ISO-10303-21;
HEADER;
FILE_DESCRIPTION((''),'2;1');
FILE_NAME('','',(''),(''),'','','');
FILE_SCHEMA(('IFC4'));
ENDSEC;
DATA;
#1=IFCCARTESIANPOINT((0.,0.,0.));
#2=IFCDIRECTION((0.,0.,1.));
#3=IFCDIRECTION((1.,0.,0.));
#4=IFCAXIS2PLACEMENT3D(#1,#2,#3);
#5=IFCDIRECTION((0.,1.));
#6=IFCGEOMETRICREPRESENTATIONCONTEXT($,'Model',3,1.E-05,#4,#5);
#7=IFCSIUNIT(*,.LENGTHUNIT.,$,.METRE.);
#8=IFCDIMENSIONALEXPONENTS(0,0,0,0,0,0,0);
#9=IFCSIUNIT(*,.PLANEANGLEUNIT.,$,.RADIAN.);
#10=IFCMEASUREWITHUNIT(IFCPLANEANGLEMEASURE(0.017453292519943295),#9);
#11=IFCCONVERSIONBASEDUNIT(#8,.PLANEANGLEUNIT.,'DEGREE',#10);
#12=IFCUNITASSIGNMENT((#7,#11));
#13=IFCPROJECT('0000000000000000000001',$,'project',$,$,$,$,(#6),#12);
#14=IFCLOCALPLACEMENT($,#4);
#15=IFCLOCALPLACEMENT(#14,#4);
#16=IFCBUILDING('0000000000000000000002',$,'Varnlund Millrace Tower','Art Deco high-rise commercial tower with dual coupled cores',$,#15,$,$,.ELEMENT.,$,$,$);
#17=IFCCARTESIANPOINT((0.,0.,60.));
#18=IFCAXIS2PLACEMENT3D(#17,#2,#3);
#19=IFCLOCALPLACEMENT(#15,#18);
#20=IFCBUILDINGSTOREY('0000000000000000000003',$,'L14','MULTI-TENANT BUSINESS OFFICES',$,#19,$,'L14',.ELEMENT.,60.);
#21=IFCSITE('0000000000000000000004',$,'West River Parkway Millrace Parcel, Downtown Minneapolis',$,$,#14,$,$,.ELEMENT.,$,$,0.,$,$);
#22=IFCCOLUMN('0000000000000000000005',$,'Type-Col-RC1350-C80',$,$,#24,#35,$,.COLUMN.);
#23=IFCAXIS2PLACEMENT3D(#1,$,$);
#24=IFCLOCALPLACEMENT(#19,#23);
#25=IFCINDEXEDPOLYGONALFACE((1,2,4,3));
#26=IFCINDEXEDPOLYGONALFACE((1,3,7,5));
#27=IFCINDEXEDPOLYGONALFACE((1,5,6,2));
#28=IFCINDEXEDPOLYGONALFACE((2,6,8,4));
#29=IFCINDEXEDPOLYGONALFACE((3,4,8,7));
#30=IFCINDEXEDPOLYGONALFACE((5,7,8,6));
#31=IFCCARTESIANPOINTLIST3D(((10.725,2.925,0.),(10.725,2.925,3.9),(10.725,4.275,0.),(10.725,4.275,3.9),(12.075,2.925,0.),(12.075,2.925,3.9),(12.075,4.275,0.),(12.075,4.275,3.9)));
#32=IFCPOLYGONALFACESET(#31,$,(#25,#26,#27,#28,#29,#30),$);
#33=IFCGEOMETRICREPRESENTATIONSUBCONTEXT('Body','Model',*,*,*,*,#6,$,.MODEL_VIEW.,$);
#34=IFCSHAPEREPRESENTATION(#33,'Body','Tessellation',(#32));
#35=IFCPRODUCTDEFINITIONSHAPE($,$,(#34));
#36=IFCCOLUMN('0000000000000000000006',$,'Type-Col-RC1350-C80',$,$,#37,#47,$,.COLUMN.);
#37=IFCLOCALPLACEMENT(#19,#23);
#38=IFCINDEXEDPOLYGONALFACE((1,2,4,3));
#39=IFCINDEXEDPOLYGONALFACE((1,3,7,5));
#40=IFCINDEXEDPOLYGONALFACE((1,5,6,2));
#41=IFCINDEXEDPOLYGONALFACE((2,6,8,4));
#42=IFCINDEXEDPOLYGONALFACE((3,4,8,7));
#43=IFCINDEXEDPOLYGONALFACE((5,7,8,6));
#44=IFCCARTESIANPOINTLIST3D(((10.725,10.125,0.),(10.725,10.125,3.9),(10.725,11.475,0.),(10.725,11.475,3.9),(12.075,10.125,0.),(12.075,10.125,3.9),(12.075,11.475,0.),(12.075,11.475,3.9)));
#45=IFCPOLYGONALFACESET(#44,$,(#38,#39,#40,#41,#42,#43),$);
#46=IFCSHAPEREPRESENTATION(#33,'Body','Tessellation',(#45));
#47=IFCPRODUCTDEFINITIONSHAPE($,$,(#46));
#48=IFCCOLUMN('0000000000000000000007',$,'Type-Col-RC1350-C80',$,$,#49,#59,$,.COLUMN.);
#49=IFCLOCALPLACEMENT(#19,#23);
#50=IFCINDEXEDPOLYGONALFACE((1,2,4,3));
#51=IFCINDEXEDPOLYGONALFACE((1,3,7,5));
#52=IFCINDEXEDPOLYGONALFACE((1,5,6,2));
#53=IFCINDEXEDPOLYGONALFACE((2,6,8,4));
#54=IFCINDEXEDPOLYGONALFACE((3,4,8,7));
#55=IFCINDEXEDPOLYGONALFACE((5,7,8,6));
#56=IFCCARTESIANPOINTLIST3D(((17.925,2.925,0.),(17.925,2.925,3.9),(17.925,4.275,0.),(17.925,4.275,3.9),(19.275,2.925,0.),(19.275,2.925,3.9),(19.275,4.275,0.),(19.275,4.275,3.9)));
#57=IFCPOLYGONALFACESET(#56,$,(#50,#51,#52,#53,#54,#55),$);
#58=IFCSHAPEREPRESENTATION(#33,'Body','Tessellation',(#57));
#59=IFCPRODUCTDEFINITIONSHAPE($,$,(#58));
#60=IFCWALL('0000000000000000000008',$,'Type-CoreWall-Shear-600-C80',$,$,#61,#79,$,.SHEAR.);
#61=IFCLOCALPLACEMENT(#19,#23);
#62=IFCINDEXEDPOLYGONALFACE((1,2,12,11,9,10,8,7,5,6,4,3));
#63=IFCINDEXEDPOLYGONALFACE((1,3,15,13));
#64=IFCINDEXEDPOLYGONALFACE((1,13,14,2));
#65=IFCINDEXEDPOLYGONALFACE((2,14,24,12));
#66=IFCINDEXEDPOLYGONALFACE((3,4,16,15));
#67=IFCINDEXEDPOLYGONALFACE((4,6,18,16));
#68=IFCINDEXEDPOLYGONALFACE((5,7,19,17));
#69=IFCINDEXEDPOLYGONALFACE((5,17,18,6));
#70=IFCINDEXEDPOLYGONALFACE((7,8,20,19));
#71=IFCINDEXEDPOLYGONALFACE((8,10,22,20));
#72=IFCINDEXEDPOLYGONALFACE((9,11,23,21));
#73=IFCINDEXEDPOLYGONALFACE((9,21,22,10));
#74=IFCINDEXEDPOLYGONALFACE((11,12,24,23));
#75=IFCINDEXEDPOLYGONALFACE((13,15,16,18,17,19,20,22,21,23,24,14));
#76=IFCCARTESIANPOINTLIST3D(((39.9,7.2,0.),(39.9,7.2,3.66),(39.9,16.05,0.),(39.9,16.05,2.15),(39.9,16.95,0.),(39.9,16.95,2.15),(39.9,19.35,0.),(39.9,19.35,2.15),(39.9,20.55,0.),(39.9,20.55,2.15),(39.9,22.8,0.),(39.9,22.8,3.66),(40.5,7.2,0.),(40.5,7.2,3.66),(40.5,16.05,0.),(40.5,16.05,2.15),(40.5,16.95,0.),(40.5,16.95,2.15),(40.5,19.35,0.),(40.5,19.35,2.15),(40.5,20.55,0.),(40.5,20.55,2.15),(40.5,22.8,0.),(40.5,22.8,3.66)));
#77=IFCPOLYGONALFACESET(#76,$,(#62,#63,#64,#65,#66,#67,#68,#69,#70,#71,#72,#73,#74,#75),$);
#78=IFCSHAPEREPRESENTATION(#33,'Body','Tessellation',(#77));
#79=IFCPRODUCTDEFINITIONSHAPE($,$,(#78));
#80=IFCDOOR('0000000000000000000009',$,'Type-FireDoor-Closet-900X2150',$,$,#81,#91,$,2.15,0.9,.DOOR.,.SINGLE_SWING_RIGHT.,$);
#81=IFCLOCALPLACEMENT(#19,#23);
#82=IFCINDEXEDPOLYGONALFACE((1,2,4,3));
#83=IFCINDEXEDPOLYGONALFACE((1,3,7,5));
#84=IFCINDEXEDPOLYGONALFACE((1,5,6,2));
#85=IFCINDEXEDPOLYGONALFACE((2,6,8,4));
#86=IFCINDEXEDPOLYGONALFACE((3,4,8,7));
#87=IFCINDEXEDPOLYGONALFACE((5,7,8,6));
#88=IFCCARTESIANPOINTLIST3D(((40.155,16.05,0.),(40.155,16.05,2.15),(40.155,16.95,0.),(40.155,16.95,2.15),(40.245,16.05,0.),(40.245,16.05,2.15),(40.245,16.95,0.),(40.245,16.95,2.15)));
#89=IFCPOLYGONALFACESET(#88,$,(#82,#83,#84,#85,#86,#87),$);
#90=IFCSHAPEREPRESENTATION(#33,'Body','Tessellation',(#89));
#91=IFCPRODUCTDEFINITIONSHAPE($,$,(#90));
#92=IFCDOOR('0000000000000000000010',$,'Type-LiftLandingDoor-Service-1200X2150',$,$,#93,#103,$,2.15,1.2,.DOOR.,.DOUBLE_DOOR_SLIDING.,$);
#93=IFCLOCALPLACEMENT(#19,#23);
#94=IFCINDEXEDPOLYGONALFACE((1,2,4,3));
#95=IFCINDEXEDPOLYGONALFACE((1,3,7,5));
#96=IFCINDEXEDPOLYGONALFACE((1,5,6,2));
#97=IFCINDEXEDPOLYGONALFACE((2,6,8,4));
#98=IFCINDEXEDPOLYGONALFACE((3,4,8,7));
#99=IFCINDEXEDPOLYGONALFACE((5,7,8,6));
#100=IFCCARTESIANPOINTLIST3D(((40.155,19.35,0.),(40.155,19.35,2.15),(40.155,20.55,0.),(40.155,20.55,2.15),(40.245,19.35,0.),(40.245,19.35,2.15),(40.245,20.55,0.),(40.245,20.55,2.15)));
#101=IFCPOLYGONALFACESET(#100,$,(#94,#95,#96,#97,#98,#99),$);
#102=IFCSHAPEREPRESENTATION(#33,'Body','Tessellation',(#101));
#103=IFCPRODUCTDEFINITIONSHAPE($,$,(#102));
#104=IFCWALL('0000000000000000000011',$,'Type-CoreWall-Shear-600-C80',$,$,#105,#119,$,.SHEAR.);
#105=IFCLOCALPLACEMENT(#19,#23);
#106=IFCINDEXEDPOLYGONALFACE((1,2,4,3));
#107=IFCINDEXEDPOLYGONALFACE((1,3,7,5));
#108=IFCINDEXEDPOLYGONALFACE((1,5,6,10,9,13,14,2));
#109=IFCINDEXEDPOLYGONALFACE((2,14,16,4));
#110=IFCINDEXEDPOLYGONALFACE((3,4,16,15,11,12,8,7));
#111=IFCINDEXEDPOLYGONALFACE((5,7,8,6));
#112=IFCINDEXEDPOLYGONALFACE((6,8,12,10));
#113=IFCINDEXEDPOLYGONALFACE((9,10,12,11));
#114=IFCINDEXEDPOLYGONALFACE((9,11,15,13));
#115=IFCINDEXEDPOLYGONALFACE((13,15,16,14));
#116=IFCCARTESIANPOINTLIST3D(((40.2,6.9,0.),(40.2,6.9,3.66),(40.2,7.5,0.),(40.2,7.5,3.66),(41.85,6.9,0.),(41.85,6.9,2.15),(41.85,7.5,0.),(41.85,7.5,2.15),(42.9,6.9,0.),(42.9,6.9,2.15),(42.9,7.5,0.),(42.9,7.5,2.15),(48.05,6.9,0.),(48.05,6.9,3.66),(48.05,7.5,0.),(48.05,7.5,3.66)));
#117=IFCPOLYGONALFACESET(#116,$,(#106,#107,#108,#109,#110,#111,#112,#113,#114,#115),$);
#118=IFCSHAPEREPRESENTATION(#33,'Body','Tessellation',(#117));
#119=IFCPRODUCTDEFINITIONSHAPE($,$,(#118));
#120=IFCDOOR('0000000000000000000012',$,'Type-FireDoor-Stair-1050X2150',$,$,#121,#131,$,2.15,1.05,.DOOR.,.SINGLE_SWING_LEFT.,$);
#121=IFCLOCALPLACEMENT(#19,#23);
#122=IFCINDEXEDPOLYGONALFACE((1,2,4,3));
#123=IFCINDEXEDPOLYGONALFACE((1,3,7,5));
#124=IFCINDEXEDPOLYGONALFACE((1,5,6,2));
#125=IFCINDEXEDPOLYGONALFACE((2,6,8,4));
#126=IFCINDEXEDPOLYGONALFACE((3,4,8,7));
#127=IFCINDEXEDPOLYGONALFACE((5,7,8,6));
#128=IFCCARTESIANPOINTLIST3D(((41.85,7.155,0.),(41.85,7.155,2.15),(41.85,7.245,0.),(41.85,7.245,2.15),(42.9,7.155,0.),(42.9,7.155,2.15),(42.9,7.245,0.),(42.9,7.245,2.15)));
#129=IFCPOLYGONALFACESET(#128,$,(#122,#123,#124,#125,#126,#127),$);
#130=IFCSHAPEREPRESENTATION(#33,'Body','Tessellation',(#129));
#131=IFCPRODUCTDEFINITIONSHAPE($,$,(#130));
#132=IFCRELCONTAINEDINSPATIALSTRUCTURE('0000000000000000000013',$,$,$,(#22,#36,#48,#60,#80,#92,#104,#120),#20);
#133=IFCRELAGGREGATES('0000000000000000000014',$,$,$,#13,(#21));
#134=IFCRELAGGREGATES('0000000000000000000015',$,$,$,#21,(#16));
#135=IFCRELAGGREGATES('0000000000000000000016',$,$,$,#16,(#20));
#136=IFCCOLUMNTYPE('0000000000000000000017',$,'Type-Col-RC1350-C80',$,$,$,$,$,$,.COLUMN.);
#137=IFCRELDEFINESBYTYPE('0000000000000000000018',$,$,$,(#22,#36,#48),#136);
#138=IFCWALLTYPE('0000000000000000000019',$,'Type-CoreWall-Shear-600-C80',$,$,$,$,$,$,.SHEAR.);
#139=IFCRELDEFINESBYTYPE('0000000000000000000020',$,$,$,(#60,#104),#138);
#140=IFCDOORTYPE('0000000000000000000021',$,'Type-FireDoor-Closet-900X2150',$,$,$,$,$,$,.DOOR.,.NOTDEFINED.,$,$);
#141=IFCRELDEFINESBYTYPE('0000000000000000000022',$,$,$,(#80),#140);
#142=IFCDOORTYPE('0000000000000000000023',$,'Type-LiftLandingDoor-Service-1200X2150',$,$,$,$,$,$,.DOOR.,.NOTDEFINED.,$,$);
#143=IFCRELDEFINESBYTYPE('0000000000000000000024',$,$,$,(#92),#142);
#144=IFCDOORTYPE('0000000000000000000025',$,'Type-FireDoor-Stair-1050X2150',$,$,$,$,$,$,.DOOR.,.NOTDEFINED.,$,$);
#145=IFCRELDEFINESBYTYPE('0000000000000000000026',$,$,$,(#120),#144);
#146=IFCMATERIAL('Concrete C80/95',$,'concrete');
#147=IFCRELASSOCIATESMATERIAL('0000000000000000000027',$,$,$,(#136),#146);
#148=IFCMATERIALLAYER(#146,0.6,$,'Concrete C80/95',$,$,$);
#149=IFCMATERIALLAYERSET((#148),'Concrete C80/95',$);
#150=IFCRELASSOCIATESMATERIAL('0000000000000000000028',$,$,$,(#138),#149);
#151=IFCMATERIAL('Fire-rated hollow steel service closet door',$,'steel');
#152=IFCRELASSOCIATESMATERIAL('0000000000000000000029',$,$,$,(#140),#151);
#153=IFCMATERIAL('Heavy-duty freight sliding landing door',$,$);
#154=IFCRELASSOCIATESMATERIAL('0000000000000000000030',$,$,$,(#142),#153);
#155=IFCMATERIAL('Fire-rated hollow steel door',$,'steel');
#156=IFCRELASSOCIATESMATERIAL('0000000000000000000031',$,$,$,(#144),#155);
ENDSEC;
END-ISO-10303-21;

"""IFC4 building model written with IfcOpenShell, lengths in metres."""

from ifc_helpers import new_model, entity, si_unit, converted_unit, direction, frame, origin_with_axes, origin_2d_with_axis, place, context, subcontext, project, spatial, polyline, rectangle, outline, extrude, material, layer, layer_set, material_profile, profile_set, type_object, element, fill, save


model = new_model("IFC4")

# Units and contexts
model_context = context("Model", 3, precision=1e-05, world=origin_with_axes(), true_north=direction((0.0, 1.0)))
body_context = subcontext(model_context, "Body", "Model", "MODEL_VIEW")
ifc_project = project(units=[si_unit("LENGTHUNIT", "METRE"), converted_unit("PLANEANGLEUNIT", "DEGREE", entity("IfcPlaneAngleMeasure", 0.017453292519943295), si_unit("PLANEANGLEUNIT", "RADIAN"), dimensions=[0, 0, 0, 0, 0, 0, 0])], contexts=[model_context])

# Site, building, storey
site_placement = place(None, origin_with_axes())
site = spatial("IfcSite", under=ifc_project, at=site_placement, Name="West River Parkway Millrace Parcel, Downtown Minneapolis", CompositionType="ELEMENT", RefElevation=0.0)
building_placement = place(site_placement, origin_with_axes())
building = spatial("IfcBuilding", under=site, at=building_placement, Name="Varnlund Millrace Tower", Description="Art Deco high-rise commercial tower with dual coupled cores", CompositionType="ELEMENT")
storey_placement = place(building_placement, frame((0.0, 0.0, 60.0), z_axis=(0.0, 0.0, 1.0), x_axis=(1.0, 0.0, 0.0)))
storey = spatial("IfcBuildingStorey", under=building, at=storey_placement, Name="L14", Description="MULTI-TENANT BUSINESS OFFICES", LongName="L14", CompositionType="ELEMENT", Elevation=60.0)

# Columns
ifc_material_1 = material(Name="Concrete C80/95", Category="concrete")
ifc_material_profile = material_profile(ifc_material_1, rectangle(XDim=1.35, YDim=1.35, at=origin_2d_with_axis()), Name="Concrete C80/95")
ifc_profile_set = profile_set([ifc_material_profile], Name="Concrete C80/95")
column_type = type_object("IfcColumnType", Name="Type-Col-RC1350-C80", PredefinedType="COLUMN", material=ifc_profile_set)
for number, where, z_axis, x_axis, name in (
    (1, (11.4, 3.6, 0.0), (0.0, 0.0, 1.0), (1.0, 0.0, 0.0), "Type-Col-RC1350-C80"),
    (2, (11.4, 10.8, 0.0), (0.0, 0.0, 1.0), (1.0, 0.0, 0.0), "Type-Col-RC1350-C80"),
    (3, (18.6, 3.6, 0.0), (0.0, 0.0, 1.0), (1.0, 0.0, 0.0), "Type-Col-RC1350-C80"),
):
    element("IfcColumn", number, at=place(storey_placement, frame(where, z_axis=z_axis, x_axis=x_axis)), inside=storey, type_object=column_type, Name=name, PredefinedType="COLUMN", context=body_context, shape_type="SweptSolid", body=[
        extrude(rectangle(XDim=1.35, YDim=1.35, at=origin_2d_with_axis()), origin_with_axes(), (0.0, 0.0, 1.0), 3.9),
    ])

# Wall, openings, doors
ifc_layer_1 = layer(ifc_material_1, 0.6, Name="Concrete C80/95")
ifc_layer_set_1 = layer_set([ifc_layer_1], Name="Concrete C80/95")
wall_type_1 = type_object("IfcWallType", Name="Type-CoreWall-Shear-600-C80", PredefinedType="SHEAR", material=ifc_layer_set_1)
wall_1_placement = place(storey_placement, frame((40.2, 7.2, 0.0), z_axis=(0.0, 0.0, 1.0), x_axis=(0.0, 1.0, 0.0)))
wall_1 = element("IfcWall", 4, at=wall_1_placement, inside=storey, type_object=wall_type_1, Name="Type-CoreWall-Shear-600-C80", PredefinedType="SHEAR", context=body_context, shape_type="SweptSolid", body=[
    extrude(outline(polyline([(0.0, -0.3), (15.6, -0.3), (15.6, 0.3), (0.0, 0.3), (0.0, -0.3)])), origin_with_axes(), (0.0, 0.0, 1.0), 3.66),
])
opening_1_placement = place(wall_1_placement, frame((12.75, 0.0, 0.0), z_axis=(0.0, 0.0, 1.0), x_axis=(1.0, 0.0, 0.0)))
opening_1 = element("IfcOpeningElement", 5, at=opening_1_placement, cuts=wall_1, PredefinedType="OPENING", context=body_context, shape_type="SweptSolid", body=[
    extrude(rectangle(XDim=1.2, YDim=0.62, at=origin_2d_with_axis()), origin_with_axes(), (0.0, 0.0, 1.0), 2.15),
])
opening_2_placement = place(wall_1_placement, frame((9.3, 0.0, 0.0), z_axis=(0.0, 0.0, 1.0), x_axis=(1.0, 0.0, 0.0)))
opening_2 = element("IfcOpeningElement", 6, at=opening_2_placement, cuts=wall_1, PredefinedType="OPENING", context=body_context, shape_type="SweptSolid", body=[
    extrude(rectangle(XDim=0.9, YDim=0.62, at=origin_2d_with_axis()), origin_with_axes(), (0.0, 0.0, 1.0), 2.15),
])
ifc_material_2 = material(Name="Fire-rated hollow steel service closet door", Category="steel")
door_type_1 = type_object("IfcDoorType", Name="Type-FireDoor-Closet-900X2150", OperationType="NOTDEFINED", PredefinedType="DOOR", material=ifc_material_2)
door_1_placement = place(wall_1_placement, frame((9.3, 0.0, 0.0), z_axis=(0.0, 0.0, 1.0), x_axis=(1.0, 0.0, 0.0)))
door_1 = element("IfcDoor", 7, at=door_1_placement, inside=storey, type_object=door_type_1, Name="Type-FireDoor-Closet-900X2150", OperationType="SINGLE_SWING_RIGHT", OverallHeight=2.15, OverallWidth=0.9, PredefinedType="DOOR", context=body_context, shape_type="SweptSolid", body=[
    extrude(rectangle(XDim=0.9, YDim=0.09, at=origin_2d_with_axis()), origin_with_axes(), (0.0, 0.0, 1.0), 2.15),
])
fill(opening_2, door_1)
ifc_material_3 = material(Name="Heavy-duty freight sliding landing door")
door_type_2 = type_object("IfcDoorType", Name="Type-LiftLandingDoor-Service-1200X2150", OperationType="NOTDEFINED", PredefinedType="DOOR", material=ifc_material_3)
door_2_placement = place(wall_1_placement, frame((12.75, 0.0, 0.0), z_axis=(0.0, 0.0, 1.0), x_axis=(1.0, 0.0, 0.0)))
door_2 = element("IfcDoor", 8, at=door_2_placement, inside=storey, type_object=door_type_2, Name="Type-LiftLandingDoor-Service-1200X2150", OperationType="DOUBLE_DOOR_SLIDING", OverallHeight=2.15, OverallWidth=1.2, PredefinedType="DOOR", context=body_context, shape_type="SweptSolid", body=[
    extrude(rectangle(XDim=1.2, YDim=0.09, at=origin_2d_with_axis()), origin_with_axes(), (0.0, 0.0, 1.0), 2.15),
])
fill(opening_1, door_2)

# Wall, opening, door
wall_2_placement = place(storey_placement, frame((40.2, 7.2, 0.0), z_axis=(0.0, 0.0, 1.0), x_axis=(1.0, 0.0, 0.0)))
wall_2 = element("IfcWall", 9, at=wall_2_placement, inside=storey, type_object=wall_type_1, Name="Type-CoreWall-Shear-600-C80", PredefinedType="SHEAR", context=body_context, shape_type="SweptSolid", body=[
    extrude(outline(polyline([(0.0, -0.3), (7.85, -0.3), (7.85, 0.3), (0.0, 0.3), (0.0, -0.3)])), origin_with_axes(), (0.0, 0.0, 1.0), 3.66),
])
opening_3_placement = place(wall_2_placement, frame((2.175, 0.0, 0.0), z_axis=(0.0, 0.0, 1.0), x_axis=(1.0, 0.0, 0.0)))
opening_3 = element("IfcOpeningElement", 10, at=opening_3_placement, cuts=wall_2, PredefinedType="OPENING", context=body_context, shape_type="SweptSolid", body=[
    extrude(rectangle(XDim=1.05, YDim=0.62, at=origin_2d_with_axis()), origin_with_axes(), (0.0, 0.0, 1.0), 2.15),
])
ifc_material_4 = material(Name="Fire-rated hollow steel door", Category="steel")
door_type_3 = type_object("IfcDoorType", Name="Type-FireDoor-Stair-1050X2150", OperationType="NOTDEFINED", PredefinedType="DOOR", material=ifc_material_4)
door_3_placement = place(wall_2_placement, frame((2.175, 0.0, 0.0), z_axis=(0.0, 0.0, 1.0), x_axis=(1.0, 0.0, 0.0)))
door_3 = element("IfcDoor", 11, at=door_3_placement, inside=storey, type_object=door_type_3, Name="Type-FireDoor-Stair-1050X2150", OperationType="SINGLE_SWING_LEFT", OverallHeight=2.15, OverallWidth=1.05, PredefinedType="DOOR", context=body_context, shape_type="SweptSolid", body=[
    extrude(rectangle(XDim=1.05, YDim=0.09, at=origin_2d_with_axis()), origin_with_axes(), (0.0, 0.0, 1.0), 2.15),
])
fill(opening_3, door_3)

save(model, "model.ifc")
